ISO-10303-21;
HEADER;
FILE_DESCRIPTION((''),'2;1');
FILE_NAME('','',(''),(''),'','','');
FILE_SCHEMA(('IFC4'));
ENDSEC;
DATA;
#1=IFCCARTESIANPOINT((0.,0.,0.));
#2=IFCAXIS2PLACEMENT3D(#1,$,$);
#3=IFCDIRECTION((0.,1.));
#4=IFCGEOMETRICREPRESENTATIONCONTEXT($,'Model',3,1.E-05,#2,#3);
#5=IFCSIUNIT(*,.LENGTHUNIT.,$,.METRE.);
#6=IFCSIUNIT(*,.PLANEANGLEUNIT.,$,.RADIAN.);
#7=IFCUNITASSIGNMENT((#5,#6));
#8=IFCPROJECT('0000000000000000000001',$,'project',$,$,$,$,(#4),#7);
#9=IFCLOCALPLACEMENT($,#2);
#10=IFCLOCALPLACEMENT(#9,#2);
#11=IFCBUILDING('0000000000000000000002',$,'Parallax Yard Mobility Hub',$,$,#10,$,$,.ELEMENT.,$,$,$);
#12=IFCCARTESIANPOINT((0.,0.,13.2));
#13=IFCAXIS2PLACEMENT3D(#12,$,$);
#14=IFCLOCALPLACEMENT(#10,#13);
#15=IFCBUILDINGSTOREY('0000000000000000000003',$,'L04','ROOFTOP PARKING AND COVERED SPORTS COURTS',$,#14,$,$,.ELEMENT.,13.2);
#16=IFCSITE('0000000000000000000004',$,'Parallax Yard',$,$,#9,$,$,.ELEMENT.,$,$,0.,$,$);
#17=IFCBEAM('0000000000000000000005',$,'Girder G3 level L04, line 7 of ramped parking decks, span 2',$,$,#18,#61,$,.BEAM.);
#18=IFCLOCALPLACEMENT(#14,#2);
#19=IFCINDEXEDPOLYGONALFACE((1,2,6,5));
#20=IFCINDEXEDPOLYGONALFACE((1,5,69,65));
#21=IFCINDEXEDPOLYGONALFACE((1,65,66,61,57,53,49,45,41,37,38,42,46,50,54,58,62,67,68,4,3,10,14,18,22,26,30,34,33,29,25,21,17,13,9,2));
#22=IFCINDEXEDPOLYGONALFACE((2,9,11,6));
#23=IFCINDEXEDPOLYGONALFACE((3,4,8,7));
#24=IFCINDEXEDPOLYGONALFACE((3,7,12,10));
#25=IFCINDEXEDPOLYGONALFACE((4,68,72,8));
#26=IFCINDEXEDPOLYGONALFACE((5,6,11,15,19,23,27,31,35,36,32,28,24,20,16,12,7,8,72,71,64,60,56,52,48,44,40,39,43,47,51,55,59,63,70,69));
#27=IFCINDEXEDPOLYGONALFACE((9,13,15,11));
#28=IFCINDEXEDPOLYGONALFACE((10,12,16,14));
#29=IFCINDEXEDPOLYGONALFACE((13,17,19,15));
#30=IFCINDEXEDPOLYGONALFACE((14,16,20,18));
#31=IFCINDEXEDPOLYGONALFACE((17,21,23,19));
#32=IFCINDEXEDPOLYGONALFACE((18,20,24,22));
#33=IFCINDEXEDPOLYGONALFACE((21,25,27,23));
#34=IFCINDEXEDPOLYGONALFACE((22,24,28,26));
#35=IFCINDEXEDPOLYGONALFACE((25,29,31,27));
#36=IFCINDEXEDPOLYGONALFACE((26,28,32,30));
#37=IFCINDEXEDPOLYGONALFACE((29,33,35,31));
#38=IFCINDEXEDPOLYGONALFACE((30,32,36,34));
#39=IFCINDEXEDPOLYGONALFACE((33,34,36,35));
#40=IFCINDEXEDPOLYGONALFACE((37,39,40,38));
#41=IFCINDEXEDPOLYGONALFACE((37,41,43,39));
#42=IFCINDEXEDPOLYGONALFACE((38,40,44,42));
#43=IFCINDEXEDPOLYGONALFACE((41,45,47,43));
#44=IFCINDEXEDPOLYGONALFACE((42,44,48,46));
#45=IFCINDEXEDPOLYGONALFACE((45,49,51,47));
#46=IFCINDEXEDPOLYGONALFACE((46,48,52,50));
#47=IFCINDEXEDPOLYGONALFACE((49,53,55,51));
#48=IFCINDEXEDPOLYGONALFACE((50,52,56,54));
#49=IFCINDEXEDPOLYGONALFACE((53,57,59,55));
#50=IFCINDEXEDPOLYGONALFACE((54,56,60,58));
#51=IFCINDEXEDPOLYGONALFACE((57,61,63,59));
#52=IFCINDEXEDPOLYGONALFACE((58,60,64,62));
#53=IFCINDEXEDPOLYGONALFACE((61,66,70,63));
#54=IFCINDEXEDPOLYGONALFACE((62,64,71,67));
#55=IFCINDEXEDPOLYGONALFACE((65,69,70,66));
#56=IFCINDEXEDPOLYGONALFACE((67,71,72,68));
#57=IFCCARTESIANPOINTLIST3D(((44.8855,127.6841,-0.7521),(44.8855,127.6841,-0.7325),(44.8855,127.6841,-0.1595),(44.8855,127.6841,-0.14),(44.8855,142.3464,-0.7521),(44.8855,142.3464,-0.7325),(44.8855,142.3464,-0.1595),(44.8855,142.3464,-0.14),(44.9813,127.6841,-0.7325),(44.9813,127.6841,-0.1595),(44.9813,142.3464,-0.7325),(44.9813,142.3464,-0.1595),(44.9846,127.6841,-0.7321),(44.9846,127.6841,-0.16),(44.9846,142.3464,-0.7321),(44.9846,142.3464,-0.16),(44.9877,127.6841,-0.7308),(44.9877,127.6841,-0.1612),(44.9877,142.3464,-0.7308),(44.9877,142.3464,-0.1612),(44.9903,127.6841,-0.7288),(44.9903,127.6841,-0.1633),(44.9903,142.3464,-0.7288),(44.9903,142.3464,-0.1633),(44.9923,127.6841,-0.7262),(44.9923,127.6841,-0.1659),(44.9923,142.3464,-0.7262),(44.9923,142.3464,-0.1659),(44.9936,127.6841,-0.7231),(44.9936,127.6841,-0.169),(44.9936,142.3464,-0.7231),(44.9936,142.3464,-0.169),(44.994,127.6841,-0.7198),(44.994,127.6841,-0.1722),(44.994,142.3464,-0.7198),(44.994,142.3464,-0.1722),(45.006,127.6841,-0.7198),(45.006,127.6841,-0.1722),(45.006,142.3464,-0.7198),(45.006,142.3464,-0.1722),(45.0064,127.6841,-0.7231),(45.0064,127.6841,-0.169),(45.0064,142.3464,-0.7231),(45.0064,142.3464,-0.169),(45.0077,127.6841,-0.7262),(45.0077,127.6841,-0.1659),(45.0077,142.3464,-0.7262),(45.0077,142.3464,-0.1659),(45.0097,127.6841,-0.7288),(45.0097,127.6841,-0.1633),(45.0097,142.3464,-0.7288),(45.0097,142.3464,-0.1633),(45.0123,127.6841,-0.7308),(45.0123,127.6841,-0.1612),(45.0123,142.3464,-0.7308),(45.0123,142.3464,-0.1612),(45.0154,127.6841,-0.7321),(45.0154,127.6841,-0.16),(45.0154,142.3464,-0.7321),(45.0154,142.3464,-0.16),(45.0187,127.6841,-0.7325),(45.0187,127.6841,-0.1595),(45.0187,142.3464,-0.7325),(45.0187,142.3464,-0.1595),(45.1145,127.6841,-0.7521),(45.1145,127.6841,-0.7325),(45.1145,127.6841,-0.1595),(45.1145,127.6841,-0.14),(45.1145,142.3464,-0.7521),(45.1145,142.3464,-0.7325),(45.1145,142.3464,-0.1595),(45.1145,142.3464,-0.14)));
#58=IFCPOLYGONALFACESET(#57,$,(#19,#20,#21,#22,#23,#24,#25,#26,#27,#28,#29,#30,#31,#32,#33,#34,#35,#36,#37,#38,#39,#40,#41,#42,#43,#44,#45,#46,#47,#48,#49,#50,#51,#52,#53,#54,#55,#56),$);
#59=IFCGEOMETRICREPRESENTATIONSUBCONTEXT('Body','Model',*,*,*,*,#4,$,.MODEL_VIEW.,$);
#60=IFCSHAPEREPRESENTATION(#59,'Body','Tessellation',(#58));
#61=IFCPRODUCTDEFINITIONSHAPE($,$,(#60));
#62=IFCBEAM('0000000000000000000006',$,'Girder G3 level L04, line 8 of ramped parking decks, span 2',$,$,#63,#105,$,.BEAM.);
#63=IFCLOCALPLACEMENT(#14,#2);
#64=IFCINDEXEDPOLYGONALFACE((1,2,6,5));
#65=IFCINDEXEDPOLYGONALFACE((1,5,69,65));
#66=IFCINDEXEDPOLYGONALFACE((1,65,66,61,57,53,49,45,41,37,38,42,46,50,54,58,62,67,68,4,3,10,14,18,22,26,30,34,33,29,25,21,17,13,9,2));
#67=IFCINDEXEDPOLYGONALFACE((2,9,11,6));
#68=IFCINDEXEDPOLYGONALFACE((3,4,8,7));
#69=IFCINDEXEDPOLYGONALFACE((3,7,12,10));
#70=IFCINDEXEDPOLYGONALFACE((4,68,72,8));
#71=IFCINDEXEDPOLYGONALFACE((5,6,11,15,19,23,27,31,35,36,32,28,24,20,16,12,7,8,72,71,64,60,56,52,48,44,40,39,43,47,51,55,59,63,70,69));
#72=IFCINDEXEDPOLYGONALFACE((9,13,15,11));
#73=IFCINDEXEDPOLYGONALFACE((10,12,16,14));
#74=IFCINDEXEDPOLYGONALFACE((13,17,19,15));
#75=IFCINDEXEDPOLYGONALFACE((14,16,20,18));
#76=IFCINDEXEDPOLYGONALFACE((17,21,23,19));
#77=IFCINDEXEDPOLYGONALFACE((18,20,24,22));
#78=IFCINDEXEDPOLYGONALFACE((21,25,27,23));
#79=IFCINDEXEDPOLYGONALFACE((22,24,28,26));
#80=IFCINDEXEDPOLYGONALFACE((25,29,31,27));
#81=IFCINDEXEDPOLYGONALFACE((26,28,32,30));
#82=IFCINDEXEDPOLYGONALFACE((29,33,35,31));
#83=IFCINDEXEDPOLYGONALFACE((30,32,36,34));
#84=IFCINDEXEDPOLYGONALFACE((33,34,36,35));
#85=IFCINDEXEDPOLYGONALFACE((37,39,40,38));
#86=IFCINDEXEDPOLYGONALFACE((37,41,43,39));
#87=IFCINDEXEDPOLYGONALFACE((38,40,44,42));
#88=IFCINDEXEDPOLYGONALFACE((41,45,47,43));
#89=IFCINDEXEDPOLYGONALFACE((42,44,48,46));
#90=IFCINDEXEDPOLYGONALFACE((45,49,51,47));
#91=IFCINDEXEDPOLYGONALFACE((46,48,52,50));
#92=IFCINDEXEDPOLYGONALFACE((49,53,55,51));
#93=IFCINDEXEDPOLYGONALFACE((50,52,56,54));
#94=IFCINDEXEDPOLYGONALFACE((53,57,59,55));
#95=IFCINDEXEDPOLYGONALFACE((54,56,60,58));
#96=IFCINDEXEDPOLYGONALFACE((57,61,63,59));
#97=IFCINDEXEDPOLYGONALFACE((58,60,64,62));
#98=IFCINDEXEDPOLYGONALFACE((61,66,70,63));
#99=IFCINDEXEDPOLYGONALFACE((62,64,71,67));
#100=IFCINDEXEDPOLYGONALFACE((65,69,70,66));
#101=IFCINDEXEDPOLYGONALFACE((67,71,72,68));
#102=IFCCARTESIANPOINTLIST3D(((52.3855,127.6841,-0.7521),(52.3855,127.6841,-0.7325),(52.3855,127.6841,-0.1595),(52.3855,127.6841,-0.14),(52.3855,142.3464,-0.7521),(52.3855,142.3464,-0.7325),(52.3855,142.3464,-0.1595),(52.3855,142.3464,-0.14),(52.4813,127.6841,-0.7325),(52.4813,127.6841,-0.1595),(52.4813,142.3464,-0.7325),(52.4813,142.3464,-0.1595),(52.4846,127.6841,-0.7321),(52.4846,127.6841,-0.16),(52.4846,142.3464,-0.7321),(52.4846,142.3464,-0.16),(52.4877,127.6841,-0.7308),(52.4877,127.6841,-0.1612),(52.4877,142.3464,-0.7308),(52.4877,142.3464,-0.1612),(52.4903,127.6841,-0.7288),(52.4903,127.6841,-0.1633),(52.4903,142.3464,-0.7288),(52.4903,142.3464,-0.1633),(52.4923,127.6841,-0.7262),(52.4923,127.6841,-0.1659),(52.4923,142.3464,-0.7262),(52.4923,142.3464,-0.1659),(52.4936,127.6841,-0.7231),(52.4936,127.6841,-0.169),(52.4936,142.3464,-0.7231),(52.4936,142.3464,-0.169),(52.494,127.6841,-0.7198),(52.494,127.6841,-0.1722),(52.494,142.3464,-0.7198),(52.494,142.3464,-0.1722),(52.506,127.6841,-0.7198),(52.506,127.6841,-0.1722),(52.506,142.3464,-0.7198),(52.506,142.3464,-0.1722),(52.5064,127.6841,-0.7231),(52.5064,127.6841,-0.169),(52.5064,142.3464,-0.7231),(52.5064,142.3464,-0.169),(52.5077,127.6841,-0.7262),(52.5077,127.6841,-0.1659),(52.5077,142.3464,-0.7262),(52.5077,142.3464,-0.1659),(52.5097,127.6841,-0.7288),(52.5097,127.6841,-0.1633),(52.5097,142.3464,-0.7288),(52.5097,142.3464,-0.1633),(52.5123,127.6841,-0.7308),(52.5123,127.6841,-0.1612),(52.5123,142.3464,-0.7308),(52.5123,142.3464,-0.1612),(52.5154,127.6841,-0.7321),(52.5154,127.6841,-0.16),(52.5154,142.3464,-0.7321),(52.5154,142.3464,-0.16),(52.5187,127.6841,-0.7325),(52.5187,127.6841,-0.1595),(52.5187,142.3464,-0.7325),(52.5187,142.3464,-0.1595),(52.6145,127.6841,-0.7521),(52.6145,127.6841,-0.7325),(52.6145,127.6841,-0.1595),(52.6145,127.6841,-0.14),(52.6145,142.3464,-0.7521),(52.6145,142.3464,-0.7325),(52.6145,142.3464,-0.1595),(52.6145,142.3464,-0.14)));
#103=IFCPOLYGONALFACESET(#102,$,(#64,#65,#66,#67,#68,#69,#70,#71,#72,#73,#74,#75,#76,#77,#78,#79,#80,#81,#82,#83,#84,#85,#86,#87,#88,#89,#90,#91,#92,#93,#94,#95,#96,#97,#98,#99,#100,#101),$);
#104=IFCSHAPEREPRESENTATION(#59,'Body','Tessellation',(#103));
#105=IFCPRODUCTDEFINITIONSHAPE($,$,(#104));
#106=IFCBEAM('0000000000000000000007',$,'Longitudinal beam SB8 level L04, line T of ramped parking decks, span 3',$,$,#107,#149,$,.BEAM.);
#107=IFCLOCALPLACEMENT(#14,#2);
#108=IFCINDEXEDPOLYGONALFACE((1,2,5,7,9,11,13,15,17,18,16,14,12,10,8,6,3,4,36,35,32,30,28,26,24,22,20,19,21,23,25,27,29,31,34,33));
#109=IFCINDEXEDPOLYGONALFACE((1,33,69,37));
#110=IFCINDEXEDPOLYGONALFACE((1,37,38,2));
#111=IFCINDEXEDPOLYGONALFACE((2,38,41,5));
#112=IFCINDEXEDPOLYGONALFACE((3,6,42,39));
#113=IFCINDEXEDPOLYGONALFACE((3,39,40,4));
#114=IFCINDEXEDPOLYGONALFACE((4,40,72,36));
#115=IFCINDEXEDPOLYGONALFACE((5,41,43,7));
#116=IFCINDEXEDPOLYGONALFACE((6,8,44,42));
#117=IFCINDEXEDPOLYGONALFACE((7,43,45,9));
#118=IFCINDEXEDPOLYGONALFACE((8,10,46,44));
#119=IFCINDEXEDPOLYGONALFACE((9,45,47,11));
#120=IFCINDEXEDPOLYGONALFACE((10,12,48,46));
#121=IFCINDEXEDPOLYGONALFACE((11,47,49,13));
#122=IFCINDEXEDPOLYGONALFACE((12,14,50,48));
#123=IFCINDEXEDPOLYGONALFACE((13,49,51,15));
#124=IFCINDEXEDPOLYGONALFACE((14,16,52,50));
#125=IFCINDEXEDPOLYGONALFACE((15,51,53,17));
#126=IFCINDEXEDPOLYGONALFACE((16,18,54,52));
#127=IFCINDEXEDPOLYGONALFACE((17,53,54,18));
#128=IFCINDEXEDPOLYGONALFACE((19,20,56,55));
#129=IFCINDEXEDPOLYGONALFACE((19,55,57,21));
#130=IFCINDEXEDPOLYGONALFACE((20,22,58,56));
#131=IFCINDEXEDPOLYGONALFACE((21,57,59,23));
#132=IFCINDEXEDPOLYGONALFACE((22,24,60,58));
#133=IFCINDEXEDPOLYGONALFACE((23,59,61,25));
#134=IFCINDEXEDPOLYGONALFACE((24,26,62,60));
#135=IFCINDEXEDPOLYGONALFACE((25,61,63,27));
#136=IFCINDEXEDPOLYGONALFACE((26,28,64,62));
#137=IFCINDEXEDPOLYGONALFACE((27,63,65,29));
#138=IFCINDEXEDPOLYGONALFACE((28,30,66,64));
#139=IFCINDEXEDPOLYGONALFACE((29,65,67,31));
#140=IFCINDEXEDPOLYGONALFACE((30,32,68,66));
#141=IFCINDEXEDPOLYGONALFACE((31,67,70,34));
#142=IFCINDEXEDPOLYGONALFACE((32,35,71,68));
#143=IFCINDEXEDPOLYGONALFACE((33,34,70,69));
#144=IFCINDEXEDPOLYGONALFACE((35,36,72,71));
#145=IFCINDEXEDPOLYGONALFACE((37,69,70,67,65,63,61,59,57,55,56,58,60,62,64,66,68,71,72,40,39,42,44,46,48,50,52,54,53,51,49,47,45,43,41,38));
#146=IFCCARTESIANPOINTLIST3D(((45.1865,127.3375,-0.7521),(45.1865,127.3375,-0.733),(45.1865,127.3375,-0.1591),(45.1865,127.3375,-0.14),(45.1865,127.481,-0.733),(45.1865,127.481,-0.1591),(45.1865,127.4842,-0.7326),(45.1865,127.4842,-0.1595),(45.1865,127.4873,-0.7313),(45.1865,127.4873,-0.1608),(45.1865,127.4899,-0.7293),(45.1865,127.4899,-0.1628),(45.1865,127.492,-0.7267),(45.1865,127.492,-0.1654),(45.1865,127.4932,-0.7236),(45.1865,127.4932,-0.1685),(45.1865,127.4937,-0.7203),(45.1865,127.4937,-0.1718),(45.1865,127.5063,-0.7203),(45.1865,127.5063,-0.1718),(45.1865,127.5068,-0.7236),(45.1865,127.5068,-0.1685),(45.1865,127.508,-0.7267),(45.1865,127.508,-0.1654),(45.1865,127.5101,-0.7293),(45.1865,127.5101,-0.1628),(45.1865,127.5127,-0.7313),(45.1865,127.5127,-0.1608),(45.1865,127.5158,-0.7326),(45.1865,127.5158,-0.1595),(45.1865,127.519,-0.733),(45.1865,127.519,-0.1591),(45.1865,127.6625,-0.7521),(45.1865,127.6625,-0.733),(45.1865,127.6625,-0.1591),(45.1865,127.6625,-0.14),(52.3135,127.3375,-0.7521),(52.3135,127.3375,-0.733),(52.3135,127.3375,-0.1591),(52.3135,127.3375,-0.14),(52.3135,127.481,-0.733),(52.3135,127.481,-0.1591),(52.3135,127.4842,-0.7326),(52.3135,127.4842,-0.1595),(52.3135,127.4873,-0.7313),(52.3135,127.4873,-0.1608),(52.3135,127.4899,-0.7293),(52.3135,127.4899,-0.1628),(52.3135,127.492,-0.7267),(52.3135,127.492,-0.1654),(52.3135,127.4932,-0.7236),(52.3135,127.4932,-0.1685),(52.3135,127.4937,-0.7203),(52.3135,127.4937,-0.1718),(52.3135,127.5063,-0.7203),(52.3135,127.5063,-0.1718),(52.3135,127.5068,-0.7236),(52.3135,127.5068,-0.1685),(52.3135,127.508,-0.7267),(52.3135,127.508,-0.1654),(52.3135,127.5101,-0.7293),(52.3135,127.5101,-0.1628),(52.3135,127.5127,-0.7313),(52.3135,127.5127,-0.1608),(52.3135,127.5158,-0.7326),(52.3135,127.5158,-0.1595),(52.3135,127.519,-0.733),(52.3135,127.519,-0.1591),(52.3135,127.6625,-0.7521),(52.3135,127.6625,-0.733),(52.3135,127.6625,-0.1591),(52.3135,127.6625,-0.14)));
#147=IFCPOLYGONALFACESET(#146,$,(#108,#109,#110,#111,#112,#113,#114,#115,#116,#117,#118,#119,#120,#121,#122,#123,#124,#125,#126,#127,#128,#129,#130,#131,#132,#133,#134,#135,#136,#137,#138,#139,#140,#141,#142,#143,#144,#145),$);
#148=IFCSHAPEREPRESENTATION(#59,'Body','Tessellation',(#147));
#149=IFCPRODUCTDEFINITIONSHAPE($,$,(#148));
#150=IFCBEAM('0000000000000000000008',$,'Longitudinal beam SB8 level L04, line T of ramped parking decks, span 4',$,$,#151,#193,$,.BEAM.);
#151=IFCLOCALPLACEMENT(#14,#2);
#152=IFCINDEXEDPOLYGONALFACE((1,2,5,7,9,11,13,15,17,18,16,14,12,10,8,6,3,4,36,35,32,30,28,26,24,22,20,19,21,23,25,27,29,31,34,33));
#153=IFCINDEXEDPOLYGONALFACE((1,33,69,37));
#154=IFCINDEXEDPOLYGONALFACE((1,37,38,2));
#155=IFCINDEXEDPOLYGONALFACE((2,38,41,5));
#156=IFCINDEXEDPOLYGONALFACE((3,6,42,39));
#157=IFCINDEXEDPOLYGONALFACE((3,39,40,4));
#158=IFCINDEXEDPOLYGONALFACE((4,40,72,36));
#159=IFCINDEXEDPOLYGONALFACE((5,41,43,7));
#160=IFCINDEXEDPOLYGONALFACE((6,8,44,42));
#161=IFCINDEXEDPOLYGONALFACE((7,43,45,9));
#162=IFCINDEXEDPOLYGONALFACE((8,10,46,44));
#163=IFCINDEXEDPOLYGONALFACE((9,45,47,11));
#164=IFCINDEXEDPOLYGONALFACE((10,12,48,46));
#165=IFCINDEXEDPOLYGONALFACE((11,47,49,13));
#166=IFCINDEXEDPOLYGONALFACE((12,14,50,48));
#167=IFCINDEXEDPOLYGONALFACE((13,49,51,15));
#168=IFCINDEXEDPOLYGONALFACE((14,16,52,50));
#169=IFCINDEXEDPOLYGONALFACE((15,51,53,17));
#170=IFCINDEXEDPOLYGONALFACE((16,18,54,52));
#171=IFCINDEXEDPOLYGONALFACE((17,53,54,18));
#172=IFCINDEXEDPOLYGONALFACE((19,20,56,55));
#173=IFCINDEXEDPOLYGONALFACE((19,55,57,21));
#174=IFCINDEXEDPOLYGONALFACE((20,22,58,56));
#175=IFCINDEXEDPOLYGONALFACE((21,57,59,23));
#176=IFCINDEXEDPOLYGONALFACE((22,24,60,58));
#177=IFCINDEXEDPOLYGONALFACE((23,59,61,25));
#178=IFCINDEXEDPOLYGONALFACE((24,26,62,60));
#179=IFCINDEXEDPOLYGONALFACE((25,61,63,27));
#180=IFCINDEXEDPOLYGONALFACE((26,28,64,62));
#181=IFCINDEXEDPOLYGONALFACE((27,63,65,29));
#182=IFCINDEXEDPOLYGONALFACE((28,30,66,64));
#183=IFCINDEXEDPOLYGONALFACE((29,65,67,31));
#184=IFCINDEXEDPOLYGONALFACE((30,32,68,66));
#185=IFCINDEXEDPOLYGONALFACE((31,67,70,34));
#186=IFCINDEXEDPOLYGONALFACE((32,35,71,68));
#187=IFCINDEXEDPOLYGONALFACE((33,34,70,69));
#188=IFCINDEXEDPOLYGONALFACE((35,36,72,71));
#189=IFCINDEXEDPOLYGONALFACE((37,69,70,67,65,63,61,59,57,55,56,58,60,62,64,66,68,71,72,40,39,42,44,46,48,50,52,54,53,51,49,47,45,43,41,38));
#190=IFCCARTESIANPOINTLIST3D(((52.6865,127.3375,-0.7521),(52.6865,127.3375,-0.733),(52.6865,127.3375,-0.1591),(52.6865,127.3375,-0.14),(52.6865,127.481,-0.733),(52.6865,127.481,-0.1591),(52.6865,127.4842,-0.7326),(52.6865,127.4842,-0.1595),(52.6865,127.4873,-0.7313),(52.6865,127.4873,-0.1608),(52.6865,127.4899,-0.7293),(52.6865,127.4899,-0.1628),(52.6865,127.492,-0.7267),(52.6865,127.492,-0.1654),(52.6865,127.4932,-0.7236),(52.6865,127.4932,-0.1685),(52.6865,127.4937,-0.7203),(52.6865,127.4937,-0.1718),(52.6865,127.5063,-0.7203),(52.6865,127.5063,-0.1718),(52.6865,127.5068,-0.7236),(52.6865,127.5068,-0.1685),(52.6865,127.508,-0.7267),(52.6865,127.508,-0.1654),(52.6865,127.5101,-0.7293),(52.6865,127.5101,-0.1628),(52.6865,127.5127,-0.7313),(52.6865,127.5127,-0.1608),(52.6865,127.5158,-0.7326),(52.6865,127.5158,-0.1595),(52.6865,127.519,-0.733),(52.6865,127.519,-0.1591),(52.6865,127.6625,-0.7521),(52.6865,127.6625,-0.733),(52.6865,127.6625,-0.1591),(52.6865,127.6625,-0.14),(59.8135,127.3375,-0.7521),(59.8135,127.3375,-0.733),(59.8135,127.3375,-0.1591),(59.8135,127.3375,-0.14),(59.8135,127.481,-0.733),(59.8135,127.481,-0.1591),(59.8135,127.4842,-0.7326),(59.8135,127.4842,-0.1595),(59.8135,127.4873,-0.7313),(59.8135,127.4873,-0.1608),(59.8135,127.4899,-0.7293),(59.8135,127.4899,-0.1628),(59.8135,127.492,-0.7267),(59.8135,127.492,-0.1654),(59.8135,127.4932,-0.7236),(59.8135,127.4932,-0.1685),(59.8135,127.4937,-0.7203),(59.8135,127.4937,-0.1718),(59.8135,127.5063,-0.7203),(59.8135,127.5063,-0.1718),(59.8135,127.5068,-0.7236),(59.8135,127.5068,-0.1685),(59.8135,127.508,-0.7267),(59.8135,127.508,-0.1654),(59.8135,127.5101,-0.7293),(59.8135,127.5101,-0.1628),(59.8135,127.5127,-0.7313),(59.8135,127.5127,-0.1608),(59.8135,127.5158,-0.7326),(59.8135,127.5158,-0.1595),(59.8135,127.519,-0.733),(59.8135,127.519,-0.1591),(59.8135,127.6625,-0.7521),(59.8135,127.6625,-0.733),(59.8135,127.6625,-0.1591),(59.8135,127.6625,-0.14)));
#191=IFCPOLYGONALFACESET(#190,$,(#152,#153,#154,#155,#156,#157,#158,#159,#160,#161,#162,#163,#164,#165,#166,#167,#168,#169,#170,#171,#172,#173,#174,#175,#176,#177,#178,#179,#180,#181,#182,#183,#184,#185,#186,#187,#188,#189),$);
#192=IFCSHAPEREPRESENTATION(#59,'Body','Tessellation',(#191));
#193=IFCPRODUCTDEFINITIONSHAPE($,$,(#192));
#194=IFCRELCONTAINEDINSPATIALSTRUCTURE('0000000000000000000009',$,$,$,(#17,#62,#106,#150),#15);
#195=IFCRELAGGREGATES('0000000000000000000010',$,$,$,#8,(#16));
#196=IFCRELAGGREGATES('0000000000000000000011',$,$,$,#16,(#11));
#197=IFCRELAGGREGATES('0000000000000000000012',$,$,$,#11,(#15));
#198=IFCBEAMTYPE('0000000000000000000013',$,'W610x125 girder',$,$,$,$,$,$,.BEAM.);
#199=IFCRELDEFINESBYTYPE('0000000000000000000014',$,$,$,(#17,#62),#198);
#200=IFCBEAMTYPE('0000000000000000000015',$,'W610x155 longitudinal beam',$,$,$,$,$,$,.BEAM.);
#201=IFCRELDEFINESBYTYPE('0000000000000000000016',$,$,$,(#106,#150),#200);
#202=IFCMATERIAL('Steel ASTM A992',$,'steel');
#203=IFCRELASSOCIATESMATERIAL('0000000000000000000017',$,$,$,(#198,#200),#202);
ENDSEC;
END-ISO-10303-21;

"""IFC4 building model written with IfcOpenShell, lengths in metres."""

from ifc_helpers import new_model, si_unit, direction, frame, origin, origin_2d, place, context, subcontext, project, spatial, i_section, extrude, material, material_profile, profile_set, type_object, element, save


model = new_model("IFC4")

# Units and contexts
model_context = context("Model", 3, precision=1e-05, world=origin(), true_north=direction((0.0, 1.0)))
body_context = subcontext(model_context, "Body", "Model", "MODEL_VIEW")
ifc_project = project(units=[si_unit("LENGTHUNIT", "METRE"), si_unit("PLANEANGLEUNIT", "RADIAN")], contexts=[model_context])

# Site, building, storey
site_placement = place(None, origin())
site = spatial("IfcSite", under=ifc_project, at=site_placement, Name="Parallax Yard", CompositionType="ELEMENT", RefElevation=0.0)
building_placement = place(site_placement, origin())
building = spatial("IfcBuilding", under=site, at=building_placement, Name="Parallax Yard Mobility Hub", CompositionType="ELEMENT")
storey_placement = place(building_placement, frame((0.0, 0.0, 13.2)))
storey = spatial("IfcBuildingStorey", under=building, at=storey_placement, Name="L04", Description="ROOFTOP PARKING AND COVERED SPORTS COURTS", CompositionType="ELEMENT", Elevation=13.2)

# Shared definitions
ifc_material_1 = material(Name="Steel ASTM A992", Category="steel")

# Beams
ifc_material_profile_1 = material_profile(ifc_material_1, i_section(OverallWidth=0.229, OverallDepth=0.6121, WebThickness=0.012, FlangeThickness=0.0195, FilletRadius=0.0127, at=origin_2d()), Name="W610x125")
ifc_profile_set_1 = profile_set([ifc_material_profile_1], Name="Steel ASTM A992")
beam_type_1 = type_object("IfcBeamType", Name="W610x125 girder", PredefinedType="BEAM", material=ifc_profile_set_1)
for number, where, z_axis, x_axis, name in (
    (1, (45.0, 127.6841, -0.446), (0.0, 1.0, 0.0), (-1.0, 0.0, 0.0), "Girder G3 level L04, line 7 of ramped parking decks, span 2"),
    (2, (52.5, 127.6841, -0.446), (0.0, 1.0, 0.0), (-1.0, 0.0, 0.0), "Girder G3 level L04, line 8 of ramped parking decks, span 2"),
):
    element("IfcBeam", number, at=place(storey_placement, frame(where, z_axis=z_axis, x_axis=x_axis)), inside=storey, type_object=beam_type_1, Name=name, PredefinedType="BEAM", context=body_context, shape_type="SweptSolid", body=[
        extrude(i_section(OverallWidth=0.229, OverallDepth=0.6121, WebThickness=0.012, FlangeThickness=0.0195, FilletRadius=0.0127, at=origin_2d()), origin(), (0.0, 0.0, 1.0), 14.6624),
    ])
ifc_material_profile_2 = material_profile(ifc_material_1, i_section(OverallWidth=0.325, OverallDepth=0.6121, WebThickness=0.0127, FlangeThickness=0.019, FilletRadius=0.0127, at=origin_2d()), Name="W610x155")
ifc_profile_set_2 = profile_set([ifc_material_profile_2], Name="Steel ASTM A992")
beam_type_2 = type_object("IfcBeamType", Name="W610x155 longitudinal beam", PredefinedType="BEAM", material=ifc_profile_set_2)
for number, where, z_axis, x_axis, name in (
    (3, (45.1865, 127.5, -0.446), (1.0, 0.0, 0.0), (0.0, 1.0, 0.0), "Longitudinal beam SB8 level L04, line T of ramped parking decks, span 3"),
    (4, (52.6865, 127.5, -0.446), (1.0, 0.0, 0.0), (0.0, 1.0, 0.0), "Longitudinal beam SB8 level L04, line T of ramped parking decks, span 4"),
):
    element("IfcBeam", number, at=place(storey_placement, frame(where, z_axis=z_axis, x_axis=x_axis)), inside=storey, type_object=beam_type_2, Name=name, PredefinedType="BEAM", context=body_context, shape_type="SweptSolid", body=[
        extrude(i_section(OverallWidth=0.325, OverallDepth=0.6121, WebThickness=0.0127, FlangeThickness=0.019, FilletRadius=0.0127, at=origin_2d()), origin(), (0.0, 0.0, 1.0), 7.127),
    ])

save(model, "model.ifc")
